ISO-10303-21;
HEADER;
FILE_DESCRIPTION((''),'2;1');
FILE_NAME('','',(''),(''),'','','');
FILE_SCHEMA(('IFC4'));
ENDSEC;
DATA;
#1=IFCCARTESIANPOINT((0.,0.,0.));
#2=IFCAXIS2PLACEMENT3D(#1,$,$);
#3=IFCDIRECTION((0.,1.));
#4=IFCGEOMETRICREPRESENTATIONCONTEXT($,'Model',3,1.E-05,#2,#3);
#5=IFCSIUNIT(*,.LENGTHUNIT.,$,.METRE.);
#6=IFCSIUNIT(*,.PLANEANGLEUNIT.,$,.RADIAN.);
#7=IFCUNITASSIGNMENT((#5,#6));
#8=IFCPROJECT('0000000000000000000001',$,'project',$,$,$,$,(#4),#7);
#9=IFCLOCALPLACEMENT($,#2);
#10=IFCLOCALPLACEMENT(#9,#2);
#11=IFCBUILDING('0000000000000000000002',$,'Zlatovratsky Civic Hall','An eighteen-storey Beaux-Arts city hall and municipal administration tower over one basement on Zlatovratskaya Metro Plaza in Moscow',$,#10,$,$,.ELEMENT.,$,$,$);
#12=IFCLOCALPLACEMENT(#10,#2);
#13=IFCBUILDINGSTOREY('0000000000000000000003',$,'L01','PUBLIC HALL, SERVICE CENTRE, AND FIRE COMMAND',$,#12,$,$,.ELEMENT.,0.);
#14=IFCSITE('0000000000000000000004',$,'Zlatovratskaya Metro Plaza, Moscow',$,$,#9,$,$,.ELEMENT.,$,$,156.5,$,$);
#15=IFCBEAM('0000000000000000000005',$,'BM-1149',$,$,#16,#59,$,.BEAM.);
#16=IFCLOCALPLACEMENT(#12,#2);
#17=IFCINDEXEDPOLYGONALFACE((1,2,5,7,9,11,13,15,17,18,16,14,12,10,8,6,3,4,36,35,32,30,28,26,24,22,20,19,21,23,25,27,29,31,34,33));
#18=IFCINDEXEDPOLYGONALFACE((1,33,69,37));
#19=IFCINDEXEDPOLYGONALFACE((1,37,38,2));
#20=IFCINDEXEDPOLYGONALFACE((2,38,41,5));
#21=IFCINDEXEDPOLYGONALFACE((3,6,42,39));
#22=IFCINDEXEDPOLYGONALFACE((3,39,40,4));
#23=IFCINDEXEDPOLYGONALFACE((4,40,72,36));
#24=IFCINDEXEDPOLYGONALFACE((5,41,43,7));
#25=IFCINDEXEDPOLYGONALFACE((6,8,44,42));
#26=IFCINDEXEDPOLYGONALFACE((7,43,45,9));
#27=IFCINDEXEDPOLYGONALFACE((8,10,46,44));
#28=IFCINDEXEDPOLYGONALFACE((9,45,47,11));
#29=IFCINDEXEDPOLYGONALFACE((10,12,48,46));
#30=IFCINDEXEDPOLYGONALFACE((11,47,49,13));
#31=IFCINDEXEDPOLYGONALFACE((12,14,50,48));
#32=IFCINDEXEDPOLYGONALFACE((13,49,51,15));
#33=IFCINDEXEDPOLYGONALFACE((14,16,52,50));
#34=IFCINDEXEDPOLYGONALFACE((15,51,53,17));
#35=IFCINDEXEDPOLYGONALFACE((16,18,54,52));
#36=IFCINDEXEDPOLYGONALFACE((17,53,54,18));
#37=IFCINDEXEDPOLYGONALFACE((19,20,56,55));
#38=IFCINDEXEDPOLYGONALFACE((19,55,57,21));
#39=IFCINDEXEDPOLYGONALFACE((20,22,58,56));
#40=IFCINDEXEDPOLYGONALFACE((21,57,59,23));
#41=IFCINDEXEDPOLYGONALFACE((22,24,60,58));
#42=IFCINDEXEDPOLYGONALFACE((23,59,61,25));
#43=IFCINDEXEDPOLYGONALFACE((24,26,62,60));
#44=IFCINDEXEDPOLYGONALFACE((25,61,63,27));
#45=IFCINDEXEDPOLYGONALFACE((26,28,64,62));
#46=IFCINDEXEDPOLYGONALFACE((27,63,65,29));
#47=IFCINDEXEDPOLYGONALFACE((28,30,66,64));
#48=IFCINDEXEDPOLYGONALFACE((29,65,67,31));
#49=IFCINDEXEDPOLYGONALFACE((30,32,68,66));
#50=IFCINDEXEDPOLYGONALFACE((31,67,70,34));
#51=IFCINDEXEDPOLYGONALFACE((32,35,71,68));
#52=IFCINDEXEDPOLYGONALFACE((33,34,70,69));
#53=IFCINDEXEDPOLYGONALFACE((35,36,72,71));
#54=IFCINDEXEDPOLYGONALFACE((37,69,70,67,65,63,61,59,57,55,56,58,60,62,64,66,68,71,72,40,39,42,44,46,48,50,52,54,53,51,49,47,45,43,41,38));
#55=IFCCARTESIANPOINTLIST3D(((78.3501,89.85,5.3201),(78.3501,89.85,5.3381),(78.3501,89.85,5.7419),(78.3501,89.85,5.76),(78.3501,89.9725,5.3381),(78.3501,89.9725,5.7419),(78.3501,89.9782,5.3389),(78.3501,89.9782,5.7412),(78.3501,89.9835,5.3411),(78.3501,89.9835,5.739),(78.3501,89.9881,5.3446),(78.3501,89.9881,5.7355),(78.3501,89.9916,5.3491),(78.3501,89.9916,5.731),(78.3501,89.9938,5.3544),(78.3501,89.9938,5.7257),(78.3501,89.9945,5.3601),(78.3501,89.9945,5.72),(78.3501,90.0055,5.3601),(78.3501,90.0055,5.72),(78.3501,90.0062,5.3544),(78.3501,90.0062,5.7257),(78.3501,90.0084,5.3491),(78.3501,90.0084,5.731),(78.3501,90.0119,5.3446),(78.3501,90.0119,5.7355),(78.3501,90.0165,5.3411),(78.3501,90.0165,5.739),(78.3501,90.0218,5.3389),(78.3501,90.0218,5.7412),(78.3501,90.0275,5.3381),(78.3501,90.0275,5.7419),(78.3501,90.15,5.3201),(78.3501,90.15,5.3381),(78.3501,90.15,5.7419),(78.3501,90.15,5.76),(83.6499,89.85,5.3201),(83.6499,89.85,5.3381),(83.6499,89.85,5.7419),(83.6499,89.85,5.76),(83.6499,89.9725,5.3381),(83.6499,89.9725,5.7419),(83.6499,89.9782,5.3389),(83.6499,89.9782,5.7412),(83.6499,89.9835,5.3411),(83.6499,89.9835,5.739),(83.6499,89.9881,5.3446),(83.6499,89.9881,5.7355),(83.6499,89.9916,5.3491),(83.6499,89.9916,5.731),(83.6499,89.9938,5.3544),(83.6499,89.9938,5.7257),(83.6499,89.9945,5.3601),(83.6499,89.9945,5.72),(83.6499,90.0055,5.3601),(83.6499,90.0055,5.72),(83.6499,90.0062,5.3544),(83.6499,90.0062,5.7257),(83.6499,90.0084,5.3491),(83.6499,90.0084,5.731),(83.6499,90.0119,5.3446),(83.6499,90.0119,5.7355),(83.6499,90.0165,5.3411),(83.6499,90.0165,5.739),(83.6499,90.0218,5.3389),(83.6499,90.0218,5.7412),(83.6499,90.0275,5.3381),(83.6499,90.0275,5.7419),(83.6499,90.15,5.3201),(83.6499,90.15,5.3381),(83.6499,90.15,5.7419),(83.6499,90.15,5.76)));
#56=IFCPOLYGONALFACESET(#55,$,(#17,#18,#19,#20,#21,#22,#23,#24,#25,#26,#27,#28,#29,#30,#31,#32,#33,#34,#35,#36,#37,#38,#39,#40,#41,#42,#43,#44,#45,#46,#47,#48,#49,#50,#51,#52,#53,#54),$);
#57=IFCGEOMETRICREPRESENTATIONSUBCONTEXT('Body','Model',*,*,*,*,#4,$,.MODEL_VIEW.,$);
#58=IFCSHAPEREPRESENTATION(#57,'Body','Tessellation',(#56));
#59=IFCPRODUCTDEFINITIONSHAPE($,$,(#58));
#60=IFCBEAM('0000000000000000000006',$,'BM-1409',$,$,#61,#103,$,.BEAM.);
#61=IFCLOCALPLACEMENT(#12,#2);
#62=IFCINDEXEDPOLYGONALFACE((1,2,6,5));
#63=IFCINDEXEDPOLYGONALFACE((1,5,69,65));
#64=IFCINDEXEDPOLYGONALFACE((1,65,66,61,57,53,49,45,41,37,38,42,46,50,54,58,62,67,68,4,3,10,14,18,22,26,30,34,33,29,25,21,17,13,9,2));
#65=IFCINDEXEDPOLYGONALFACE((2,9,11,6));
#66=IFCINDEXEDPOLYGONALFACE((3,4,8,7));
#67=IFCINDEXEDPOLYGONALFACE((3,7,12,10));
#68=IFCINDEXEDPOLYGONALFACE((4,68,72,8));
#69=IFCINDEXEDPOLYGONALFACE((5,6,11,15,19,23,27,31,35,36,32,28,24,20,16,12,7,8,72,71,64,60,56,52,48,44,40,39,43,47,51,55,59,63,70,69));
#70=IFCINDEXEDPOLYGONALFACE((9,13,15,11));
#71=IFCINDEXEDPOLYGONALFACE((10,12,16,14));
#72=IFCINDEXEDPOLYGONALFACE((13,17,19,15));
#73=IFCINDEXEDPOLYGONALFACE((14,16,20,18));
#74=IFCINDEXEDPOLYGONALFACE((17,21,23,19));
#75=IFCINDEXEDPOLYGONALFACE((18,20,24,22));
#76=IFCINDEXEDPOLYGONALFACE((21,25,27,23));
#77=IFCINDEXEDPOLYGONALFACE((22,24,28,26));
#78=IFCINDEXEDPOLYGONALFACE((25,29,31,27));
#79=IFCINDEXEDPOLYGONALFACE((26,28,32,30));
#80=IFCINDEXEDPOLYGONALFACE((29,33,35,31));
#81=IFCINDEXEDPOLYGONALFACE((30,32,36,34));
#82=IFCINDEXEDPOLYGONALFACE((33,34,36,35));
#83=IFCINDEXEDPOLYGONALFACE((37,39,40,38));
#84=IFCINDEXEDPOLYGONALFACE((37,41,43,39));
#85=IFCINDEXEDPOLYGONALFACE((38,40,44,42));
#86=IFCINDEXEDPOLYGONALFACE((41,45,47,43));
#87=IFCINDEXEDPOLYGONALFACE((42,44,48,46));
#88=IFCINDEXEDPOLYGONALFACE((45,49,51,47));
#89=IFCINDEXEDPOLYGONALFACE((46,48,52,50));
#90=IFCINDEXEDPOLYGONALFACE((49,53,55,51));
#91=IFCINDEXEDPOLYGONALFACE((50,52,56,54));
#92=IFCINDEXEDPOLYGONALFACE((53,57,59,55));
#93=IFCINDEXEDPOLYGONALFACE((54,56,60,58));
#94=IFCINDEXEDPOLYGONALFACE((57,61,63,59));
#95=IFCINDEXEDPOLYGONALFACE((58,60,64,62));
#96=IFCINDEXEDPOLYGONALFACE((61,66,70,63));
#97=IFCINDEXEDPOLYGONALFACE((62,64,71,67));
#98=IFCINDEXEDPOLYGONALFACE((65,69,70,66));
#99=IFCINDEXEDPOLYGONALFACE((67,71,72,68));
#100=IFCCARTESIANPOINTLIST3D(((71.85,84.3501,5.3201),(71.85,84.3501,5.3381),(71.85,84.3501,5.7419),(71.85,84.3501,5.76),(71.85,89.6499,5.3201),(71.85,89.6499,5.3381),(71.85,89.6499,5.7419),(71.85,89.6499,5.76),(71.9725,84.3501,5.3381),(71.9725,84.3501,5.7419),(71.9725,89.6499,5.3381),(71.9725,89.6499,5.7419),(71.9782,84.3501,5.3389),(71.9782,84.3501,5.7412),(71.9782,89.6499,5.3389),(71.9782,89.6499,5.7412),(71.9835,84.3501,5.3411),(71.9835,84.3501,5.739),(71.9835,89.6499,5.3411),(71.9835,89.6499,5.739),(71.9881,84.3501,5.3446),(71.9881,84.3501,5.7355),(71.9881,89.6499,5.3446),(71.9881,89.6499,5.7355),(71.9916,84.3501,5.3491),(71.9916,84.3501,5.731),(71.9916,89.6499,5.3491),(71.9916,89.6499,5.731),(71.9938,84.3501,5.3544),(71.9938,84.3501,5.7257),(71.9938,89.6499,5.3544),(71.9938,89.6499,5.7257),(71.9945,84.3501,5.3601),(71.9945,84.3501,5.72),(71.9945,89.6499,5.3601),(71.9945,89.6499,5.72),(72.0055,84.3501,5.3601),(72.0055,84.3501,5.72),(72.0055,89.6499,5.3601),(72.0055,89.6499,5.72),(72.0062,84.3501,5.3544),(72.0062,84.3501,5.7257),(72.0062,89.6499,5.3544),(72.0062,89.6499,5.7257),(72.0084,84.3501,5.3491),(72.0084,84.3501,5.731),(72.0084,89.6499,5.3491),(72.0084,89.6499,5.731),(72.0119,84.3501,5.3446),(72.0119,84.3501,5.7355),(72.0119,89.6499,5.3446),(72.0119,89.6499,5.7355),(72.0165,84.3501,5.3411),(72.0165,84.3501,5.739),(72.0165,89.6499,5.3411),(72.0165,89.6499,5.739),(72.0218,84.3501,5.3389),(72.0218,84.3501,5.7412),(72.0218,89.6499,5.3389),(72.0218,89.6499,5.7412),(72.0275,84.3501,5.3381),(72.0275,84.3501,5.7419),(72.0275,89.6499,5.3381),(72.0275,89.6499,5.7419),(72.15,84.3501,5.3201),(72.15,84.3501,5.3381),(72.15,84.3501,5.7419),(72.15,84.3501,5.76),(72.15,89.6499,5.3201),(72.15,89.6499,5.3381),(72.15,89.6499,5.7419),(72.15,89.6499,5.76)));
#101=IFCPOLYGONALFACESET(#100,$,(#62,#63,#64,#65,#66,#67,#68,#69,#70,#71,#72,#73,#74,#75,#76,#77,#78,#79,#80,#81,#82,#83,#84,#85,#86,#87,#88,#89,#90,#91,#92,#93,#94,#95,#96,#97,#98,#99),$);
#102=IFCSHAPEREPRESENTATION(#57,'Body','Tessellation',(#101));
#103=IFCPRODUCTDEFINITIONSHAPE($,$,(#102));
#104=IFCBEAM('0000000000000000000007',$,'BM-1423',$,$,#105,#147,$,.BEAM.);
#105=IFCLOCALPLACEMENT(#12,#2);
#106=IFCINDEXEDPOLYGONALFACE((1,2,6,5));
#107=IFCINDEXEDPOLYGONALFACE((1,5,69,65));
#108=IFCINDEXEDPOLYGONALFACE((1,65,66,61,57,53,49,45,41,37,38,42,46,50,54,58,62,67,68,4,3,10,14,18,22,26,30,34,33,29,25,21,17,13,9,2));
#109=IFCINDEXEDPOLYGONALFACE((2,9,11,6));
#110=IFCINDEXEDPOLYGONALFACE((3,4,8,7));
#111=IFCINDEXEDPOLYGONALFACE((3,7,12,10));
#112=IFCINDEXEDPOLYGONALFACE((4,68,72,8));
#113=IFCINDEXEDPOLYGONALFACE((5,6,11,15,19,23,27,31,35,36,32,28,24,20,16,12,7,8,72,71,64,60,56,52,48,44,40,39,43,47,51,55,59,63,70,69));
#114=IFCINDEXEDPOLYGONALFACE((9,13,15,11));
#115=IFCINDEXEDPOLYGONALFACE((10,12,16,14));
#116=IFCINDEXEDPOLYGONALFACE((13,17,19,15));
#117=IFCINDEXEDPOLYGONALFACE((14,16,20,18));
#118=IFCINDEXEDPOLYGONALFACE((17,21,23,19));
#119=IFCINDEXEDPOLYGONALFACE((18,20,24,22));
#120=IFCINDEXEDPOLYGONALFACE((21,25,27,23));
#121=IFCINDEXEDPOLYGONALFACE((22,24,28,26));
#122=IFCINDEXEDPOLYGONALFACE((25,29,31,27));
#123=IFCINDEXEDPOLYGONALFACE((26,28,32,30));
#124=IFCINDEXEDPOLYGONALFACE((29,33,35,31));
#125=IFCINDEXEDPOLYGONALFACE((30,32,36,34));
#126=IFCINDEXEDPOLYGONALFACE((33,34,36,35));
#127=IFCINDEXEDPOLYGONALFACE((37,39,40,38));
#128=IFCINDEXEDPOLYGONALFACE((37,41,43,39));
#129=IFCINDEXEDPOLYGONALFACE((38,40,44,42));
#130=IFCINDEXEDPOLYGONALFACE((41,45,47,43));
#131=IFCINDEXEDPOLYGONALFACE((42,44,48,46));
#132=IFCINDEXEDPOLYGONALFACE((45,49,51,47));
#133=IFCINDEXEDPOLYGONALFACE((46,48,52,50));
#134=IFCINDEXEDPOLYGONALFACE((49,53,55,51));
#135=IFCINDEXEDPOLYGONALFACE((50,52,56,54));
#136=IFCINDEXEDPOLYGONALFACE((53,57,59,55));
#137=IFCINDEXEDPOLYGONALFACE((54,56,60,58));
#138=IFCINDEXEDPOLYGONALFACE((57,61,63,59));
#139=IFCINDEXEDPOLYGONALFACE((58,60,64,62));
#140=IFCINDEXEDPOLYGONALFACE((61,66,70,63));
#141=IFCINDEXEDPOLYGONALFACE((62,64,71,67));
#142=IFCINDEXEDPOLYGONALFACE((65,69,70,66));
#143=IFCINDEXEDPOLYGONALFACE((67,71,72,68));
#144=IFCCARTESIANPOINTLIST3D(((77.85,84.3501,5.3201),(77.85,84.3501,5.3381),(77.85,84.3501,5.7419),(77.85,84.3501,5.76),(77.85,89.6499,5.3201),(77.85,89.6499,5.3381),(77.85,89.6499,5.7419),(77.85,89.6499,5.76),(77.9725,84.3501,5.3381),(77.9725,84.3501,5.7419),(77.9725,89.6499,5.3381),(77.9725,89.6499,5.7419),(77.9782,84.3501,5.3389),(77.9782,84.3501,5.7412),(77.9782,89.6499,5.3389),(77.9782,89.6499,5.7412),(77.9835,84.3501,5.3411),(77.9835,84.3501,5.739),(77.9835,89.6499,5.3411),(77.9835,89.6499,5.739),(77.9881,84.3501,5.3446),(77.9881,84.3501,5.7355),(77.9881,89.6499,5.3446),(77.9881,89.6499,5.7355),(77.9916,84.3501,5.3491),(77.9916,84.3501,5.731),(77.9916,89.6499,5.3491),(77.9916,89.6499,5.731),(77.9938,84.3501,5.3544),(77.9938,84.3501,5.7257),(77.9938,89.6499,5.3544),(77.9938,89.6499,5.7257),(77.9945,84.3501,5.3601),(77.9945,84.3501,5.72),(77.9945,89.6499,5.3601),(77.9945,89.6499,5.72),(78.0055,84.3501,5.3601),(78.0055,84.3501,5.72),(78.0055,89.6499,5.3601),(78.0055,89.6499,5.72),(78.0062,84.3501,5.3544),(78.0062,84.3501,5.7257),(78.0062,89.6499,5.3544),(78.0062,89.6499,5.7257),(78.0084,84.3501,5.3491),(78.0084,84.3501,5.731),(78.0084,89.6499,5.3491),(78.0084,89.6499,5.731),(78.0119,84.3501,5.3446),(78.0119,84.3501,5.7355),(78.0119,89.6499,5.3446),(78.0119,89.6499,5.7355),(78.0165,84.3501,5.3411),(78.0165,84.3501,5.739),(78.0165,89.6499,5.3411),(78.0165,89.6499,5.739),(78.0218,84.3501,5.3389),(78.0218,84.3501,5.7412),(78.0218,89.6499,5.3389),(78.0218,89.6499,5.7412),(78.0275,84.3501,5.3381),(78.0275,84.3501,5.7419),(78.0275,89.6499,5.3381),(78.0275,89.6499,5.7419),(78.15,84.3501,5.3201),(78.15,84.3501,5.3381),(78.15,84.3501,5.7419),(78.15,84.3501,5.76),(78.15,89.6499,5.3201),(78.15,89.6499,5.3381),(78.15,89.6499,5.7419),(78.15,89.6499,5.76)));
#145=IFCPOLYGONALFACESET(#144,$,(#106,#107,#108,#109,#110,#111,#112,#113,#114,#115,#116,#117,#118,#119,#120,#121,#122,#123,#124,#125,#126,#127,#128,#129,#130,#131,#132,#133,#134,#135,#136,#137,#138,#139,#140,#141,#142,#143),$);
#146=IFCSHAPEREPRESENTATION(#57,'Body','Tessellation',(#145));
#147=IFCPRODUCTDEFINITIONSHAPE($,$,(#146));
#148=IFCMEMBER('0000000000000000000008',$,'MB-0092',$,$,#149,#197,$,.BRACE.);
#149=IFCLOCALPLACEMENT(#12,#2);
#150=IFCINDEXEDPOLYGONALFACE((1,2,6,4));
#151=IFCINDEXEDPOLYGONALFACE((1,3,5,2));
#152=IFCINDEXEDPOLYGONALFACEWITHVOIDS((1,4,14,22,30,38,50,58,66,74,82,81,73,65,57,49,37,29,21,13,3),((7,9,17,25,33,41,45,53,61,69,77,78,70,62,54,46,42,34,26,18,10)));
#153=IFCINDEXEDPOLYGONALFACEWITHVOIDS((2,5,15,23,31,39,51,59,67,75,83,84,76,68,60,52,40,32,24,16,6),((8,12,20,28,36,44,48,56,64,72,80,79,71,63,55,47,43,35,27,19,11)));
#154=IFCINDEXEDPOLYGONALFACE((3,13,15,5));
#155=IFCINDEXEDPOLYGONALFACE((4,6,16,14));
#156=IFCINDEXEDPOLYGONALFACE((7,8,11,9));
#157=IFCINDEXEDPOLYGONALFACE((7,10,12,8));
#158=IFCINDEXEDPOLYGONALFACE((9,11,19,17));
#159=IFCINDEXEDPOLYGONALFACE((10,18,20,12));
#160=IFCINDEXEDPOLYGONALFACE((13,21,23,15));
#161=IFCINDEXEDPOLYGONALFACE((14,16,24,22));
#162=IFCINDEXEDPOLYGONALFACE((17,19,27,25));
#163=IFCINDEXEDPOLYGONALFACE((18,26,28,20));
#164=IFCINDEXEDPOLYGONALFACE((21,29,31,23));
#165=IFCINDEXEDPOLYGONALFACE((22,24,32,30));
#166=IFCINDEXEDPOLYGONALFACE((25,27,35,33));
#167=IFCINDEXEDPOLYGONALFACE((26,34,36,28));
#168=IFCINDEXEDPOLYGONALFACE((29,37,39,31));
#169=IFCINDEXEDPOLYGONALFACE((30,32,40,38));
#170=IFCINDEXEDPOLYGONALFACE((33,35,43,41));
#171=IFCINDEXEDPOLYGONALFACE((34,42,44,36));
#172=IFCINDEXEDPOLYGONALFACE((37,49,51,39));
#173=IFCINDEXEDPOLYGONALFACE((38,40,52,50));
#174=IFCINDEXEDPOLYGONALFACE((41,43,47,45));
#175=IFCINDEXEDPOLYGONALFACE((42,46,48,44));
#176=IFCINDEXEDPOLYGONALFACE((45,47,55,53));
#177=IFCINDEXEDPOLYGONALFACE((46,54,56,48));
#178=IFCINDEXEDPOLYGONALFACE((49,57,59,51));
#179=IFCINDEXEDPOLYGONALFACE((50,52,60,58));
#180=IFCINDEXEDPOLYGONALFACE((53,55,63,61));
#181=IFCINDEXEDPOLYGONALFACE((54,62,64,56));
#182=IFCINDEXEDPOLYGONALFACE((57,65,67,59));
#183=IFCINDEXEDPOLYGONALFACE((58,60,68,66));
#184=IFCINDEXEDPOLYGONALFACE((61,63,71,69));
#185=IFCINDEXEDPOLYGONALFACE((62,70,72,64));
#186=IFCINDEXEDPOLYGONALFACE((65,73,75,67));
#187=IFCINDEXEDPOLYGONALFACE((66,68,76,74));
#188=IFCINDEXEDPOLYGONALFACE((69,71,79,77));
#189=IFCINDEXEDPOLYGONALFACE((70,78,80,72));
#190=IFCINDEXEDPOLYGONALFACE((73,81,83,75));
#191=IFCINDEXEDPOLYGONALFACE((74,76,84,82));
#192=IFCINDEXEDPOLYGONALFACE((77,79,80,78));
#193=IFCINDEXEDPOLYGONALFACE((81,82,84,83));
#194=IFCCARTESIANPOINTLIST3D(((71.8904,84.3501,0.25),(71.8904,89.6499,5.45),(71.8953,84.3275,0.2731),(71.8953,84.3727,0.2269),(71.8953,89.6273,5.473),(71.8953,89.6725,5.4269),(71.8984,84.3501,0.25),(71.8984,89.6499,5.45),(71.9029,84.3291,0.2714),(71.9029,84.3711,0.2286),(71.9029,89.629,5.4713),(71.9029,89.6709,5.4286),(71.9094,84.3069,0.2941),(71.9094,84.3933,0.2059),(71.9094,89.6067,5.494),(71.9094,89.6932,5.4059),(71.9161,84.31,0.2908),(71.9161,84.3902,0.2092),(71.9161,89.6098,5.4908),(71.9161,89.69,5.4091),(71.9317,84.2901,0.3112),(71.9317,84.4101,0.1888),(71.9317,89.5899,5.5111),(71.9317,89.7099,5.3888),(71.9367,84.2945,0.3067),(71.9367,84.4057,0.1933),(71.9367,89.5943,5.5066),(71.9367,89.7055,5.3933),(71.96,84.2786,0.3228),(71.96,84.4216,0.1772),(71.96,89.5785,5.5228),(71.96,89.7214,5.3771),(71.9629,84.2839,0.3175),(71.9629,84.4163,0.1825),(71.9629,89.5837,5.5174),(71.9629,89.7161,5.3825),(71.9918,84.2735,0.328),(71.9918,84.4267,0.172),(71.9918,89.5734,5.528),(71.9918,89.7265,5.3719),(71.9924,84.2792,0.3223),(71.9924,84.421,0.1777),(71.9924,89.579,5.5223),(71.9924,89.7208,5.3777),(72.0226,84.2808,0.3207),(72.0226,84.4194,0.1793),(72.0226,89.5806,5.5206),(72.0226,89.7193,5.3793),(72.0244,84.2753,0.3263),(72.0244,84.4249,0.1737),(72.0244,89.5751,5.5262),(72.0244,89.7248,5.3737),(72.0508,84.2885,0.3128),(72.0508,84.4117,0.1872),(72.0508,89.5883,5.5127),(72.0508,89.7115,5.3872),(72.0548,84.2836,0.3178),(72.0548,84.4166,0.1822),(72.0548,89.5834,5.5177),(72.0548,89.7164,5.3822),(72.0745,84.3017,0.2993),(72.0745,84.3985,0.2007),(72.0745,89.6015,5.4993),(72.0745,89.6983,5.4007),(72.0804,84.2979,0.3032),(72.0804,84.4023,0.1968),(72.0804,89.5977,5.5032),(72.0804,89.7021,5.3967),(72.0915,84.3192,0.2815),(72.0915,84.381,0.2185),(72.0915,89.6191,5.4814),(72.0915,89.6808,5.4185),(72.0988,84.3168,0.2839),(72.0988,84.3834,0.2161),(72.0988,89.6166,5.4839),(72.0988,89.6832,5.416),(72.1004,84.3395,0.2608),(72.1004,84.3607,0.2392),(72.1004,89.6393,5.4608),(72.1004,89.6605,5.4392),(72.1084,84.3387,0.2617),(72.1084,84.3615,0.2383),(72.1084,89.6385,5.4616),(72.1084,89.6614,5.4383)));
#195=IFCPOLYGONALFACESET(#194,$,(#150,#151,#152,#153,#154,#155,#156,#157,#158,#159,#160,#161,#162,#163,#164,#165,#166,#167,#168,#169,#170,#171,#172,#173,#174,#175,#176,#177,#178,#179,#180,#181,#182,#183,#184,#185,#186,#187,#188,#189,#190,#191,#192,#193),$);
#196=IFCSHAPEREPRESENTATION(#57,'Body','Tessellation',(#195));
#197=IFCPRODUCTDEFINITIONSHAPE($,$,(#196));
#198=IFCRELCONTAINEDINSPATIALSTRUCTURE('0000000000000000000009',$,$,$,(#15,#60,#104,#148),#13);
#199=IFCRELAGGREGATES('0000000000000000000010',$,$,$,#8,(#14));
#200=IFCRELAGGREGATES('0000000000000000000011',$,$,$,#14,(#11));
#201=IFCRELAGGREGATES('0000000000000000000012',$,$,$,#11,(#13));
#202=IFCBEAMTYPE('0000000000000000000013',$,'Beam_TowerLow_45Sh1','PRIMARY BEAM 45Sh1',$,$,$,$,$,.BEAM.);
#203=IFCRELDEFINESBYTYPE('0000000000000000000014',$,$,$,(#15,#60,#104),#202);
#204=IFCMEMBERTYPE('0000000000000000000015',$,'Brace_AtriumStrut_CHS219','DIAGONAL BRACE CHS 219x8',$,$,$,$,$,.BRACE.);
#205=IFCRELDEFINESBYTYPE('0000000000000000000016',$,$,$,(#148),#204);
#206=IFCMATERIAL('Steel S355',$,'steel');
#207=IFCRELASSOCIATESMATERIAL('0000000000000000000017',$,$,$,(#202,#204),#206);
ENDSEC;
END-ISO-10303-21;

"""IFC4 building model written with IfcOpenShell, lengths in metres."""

from ifc_helpers import new_model, si_unit, direction, frame, origin, origin_2d, place, context, subcontext, project, spatial, hollow_circle, i_section, extrude, material, material_profile, profile_set, type_object, element, save


model = new_model("IFC4")

# Units and contexts
model_context = context("Model", 3, precision=1e-05, world=origin(), true_north=direction((0.0, 1.0)))
body_context = subcontext(model_context, "Body", "Model", "MODEL_VIEW")
ifc_project = project(units=[si_unit("LENGTHUNIT", "METRE"), si_unit("PLANEANGLEUNIT", "RADIAN")], contexts=[model_context])

# Site, building, storey
site_placement = place(None, origin())
site = spatial("IfcSite", under=ifc_project, at=site_placement, Name="Zlatovratskaya Metro Plaza, Moscow", CompositionType="ELEMENT", RefElevation=156.5)
building_placement = place(site_placement, origin())
building = spatial("IfcBuilding", under=site, at=building_placement, Name="Zlatovratsky Civic Hall", Description="An eighteen-storey Beaux-Arts city hall and municipal administration tower over one basement on Zlatovratskaya Metro Plaza in Moscow", CompositionType="ELEMENT")
storey_placement = place(building_placement, origin())
storey = spatial("IfcBuildingStorey", under=building, at=storey_placement, Name="L01", Description="PUBLIC HALL, SERVICE CENTRE, AND FIRE COMMAND", CompositionType="ELEMENT", Elevation=0.0)

# Beams
ifc_material_1 = material(Name="Steel S355", Category="steel")
ifc_material_profile_1 = material_profile(ifc_material_1, i_section(OverallWidth=0.3, OverallDepth=0.4399, WebThickness=0.011, FlangeThickness=0.0181, FilletRadius=0.022, at=origin_2d()), Name="45Sh1")
ifc_profile_set_1 = profile_set([ifc_material_profile_1], Name="Steel S355")
beam_type_1 = type_object("IfcBeamType", Name="Beam_TowerLow_45Sh1", Description="PRIMARY BEAM 45Sh1", PredefinedType="BEAM", material=ifc_profile_set_1)
for number, where, z_axis, x_axis, name in (
    (1, (78.3501, 90.0, 5.54), (1.0, 0.0, 0.0), (0.0, 1.0, 0.0), "BM-1149"),
    (2, (72.0, 84.3501, 5.54), (0.0, 1.0, 0.0), (-1.0, 0.0, 0.0), "BM-1409"),
    (3, (78.0, 84.3501, 5.54), (0.0, 1.0, 0.0), (-1.0, 0.0, 0.0), "BM-1423"),
):
    element("IfcBeam", number, at=place(storey_placement, frame(where, z_axis=z_axis, x_axis=x_axis)), inside=storey, type_object=beam_type_1, Name=name, PredefinedType="BEAM", context=body_context, shape_type="SweptSolid", body=[
        extrude(i_section(OverallWidth=0.3, OverallDepth=0.4399, WebThickness=0.011, FlangeThickness=0.0181, FilletRadius=0.022, at=origin_2d()), origin(), (0.0, 0.0, 1.0), 5.2998),
    ])

# Member
ifc_material_profile_2 = material_profile(ifc_material_1, hollow_circle(Radius=0.1096, WallThickness=0.0081, at=origin_2d()), Name="CHS 219x8")
ifc_profile_set_2 = profile_set([ifc_material_profile_2], Name="Steel S355")
member_type = type_object("IfcMemberType", Name="Brace_AtriumStrut_CHS219", Description="DIAGONAL BRACE CHS 219x8", PredefinedType="BRACE", material=ifc_profile_set_2)
member_placement = place(storey_placement, frame((72.0, 84.3501, 0.25), z_axis=(0.0, 0.713799, 0.70035), x_axis=(-1.0, 0.0, 0.0)))
element("IfcMember", 4, at=member_placement, inside=storey, type_object=member_type, Name="MB-0092", PredefinedType="BRACE", context=body_context, shape_type="SweptSolid", body=[
    extrude(hollow_circle(Radius=0.1096, WallThickness=0.0081, at=origin_2d()), origin(), (0.0, 0.0, 1.0), 7.4248),
])

save(model, "model.ifc")
